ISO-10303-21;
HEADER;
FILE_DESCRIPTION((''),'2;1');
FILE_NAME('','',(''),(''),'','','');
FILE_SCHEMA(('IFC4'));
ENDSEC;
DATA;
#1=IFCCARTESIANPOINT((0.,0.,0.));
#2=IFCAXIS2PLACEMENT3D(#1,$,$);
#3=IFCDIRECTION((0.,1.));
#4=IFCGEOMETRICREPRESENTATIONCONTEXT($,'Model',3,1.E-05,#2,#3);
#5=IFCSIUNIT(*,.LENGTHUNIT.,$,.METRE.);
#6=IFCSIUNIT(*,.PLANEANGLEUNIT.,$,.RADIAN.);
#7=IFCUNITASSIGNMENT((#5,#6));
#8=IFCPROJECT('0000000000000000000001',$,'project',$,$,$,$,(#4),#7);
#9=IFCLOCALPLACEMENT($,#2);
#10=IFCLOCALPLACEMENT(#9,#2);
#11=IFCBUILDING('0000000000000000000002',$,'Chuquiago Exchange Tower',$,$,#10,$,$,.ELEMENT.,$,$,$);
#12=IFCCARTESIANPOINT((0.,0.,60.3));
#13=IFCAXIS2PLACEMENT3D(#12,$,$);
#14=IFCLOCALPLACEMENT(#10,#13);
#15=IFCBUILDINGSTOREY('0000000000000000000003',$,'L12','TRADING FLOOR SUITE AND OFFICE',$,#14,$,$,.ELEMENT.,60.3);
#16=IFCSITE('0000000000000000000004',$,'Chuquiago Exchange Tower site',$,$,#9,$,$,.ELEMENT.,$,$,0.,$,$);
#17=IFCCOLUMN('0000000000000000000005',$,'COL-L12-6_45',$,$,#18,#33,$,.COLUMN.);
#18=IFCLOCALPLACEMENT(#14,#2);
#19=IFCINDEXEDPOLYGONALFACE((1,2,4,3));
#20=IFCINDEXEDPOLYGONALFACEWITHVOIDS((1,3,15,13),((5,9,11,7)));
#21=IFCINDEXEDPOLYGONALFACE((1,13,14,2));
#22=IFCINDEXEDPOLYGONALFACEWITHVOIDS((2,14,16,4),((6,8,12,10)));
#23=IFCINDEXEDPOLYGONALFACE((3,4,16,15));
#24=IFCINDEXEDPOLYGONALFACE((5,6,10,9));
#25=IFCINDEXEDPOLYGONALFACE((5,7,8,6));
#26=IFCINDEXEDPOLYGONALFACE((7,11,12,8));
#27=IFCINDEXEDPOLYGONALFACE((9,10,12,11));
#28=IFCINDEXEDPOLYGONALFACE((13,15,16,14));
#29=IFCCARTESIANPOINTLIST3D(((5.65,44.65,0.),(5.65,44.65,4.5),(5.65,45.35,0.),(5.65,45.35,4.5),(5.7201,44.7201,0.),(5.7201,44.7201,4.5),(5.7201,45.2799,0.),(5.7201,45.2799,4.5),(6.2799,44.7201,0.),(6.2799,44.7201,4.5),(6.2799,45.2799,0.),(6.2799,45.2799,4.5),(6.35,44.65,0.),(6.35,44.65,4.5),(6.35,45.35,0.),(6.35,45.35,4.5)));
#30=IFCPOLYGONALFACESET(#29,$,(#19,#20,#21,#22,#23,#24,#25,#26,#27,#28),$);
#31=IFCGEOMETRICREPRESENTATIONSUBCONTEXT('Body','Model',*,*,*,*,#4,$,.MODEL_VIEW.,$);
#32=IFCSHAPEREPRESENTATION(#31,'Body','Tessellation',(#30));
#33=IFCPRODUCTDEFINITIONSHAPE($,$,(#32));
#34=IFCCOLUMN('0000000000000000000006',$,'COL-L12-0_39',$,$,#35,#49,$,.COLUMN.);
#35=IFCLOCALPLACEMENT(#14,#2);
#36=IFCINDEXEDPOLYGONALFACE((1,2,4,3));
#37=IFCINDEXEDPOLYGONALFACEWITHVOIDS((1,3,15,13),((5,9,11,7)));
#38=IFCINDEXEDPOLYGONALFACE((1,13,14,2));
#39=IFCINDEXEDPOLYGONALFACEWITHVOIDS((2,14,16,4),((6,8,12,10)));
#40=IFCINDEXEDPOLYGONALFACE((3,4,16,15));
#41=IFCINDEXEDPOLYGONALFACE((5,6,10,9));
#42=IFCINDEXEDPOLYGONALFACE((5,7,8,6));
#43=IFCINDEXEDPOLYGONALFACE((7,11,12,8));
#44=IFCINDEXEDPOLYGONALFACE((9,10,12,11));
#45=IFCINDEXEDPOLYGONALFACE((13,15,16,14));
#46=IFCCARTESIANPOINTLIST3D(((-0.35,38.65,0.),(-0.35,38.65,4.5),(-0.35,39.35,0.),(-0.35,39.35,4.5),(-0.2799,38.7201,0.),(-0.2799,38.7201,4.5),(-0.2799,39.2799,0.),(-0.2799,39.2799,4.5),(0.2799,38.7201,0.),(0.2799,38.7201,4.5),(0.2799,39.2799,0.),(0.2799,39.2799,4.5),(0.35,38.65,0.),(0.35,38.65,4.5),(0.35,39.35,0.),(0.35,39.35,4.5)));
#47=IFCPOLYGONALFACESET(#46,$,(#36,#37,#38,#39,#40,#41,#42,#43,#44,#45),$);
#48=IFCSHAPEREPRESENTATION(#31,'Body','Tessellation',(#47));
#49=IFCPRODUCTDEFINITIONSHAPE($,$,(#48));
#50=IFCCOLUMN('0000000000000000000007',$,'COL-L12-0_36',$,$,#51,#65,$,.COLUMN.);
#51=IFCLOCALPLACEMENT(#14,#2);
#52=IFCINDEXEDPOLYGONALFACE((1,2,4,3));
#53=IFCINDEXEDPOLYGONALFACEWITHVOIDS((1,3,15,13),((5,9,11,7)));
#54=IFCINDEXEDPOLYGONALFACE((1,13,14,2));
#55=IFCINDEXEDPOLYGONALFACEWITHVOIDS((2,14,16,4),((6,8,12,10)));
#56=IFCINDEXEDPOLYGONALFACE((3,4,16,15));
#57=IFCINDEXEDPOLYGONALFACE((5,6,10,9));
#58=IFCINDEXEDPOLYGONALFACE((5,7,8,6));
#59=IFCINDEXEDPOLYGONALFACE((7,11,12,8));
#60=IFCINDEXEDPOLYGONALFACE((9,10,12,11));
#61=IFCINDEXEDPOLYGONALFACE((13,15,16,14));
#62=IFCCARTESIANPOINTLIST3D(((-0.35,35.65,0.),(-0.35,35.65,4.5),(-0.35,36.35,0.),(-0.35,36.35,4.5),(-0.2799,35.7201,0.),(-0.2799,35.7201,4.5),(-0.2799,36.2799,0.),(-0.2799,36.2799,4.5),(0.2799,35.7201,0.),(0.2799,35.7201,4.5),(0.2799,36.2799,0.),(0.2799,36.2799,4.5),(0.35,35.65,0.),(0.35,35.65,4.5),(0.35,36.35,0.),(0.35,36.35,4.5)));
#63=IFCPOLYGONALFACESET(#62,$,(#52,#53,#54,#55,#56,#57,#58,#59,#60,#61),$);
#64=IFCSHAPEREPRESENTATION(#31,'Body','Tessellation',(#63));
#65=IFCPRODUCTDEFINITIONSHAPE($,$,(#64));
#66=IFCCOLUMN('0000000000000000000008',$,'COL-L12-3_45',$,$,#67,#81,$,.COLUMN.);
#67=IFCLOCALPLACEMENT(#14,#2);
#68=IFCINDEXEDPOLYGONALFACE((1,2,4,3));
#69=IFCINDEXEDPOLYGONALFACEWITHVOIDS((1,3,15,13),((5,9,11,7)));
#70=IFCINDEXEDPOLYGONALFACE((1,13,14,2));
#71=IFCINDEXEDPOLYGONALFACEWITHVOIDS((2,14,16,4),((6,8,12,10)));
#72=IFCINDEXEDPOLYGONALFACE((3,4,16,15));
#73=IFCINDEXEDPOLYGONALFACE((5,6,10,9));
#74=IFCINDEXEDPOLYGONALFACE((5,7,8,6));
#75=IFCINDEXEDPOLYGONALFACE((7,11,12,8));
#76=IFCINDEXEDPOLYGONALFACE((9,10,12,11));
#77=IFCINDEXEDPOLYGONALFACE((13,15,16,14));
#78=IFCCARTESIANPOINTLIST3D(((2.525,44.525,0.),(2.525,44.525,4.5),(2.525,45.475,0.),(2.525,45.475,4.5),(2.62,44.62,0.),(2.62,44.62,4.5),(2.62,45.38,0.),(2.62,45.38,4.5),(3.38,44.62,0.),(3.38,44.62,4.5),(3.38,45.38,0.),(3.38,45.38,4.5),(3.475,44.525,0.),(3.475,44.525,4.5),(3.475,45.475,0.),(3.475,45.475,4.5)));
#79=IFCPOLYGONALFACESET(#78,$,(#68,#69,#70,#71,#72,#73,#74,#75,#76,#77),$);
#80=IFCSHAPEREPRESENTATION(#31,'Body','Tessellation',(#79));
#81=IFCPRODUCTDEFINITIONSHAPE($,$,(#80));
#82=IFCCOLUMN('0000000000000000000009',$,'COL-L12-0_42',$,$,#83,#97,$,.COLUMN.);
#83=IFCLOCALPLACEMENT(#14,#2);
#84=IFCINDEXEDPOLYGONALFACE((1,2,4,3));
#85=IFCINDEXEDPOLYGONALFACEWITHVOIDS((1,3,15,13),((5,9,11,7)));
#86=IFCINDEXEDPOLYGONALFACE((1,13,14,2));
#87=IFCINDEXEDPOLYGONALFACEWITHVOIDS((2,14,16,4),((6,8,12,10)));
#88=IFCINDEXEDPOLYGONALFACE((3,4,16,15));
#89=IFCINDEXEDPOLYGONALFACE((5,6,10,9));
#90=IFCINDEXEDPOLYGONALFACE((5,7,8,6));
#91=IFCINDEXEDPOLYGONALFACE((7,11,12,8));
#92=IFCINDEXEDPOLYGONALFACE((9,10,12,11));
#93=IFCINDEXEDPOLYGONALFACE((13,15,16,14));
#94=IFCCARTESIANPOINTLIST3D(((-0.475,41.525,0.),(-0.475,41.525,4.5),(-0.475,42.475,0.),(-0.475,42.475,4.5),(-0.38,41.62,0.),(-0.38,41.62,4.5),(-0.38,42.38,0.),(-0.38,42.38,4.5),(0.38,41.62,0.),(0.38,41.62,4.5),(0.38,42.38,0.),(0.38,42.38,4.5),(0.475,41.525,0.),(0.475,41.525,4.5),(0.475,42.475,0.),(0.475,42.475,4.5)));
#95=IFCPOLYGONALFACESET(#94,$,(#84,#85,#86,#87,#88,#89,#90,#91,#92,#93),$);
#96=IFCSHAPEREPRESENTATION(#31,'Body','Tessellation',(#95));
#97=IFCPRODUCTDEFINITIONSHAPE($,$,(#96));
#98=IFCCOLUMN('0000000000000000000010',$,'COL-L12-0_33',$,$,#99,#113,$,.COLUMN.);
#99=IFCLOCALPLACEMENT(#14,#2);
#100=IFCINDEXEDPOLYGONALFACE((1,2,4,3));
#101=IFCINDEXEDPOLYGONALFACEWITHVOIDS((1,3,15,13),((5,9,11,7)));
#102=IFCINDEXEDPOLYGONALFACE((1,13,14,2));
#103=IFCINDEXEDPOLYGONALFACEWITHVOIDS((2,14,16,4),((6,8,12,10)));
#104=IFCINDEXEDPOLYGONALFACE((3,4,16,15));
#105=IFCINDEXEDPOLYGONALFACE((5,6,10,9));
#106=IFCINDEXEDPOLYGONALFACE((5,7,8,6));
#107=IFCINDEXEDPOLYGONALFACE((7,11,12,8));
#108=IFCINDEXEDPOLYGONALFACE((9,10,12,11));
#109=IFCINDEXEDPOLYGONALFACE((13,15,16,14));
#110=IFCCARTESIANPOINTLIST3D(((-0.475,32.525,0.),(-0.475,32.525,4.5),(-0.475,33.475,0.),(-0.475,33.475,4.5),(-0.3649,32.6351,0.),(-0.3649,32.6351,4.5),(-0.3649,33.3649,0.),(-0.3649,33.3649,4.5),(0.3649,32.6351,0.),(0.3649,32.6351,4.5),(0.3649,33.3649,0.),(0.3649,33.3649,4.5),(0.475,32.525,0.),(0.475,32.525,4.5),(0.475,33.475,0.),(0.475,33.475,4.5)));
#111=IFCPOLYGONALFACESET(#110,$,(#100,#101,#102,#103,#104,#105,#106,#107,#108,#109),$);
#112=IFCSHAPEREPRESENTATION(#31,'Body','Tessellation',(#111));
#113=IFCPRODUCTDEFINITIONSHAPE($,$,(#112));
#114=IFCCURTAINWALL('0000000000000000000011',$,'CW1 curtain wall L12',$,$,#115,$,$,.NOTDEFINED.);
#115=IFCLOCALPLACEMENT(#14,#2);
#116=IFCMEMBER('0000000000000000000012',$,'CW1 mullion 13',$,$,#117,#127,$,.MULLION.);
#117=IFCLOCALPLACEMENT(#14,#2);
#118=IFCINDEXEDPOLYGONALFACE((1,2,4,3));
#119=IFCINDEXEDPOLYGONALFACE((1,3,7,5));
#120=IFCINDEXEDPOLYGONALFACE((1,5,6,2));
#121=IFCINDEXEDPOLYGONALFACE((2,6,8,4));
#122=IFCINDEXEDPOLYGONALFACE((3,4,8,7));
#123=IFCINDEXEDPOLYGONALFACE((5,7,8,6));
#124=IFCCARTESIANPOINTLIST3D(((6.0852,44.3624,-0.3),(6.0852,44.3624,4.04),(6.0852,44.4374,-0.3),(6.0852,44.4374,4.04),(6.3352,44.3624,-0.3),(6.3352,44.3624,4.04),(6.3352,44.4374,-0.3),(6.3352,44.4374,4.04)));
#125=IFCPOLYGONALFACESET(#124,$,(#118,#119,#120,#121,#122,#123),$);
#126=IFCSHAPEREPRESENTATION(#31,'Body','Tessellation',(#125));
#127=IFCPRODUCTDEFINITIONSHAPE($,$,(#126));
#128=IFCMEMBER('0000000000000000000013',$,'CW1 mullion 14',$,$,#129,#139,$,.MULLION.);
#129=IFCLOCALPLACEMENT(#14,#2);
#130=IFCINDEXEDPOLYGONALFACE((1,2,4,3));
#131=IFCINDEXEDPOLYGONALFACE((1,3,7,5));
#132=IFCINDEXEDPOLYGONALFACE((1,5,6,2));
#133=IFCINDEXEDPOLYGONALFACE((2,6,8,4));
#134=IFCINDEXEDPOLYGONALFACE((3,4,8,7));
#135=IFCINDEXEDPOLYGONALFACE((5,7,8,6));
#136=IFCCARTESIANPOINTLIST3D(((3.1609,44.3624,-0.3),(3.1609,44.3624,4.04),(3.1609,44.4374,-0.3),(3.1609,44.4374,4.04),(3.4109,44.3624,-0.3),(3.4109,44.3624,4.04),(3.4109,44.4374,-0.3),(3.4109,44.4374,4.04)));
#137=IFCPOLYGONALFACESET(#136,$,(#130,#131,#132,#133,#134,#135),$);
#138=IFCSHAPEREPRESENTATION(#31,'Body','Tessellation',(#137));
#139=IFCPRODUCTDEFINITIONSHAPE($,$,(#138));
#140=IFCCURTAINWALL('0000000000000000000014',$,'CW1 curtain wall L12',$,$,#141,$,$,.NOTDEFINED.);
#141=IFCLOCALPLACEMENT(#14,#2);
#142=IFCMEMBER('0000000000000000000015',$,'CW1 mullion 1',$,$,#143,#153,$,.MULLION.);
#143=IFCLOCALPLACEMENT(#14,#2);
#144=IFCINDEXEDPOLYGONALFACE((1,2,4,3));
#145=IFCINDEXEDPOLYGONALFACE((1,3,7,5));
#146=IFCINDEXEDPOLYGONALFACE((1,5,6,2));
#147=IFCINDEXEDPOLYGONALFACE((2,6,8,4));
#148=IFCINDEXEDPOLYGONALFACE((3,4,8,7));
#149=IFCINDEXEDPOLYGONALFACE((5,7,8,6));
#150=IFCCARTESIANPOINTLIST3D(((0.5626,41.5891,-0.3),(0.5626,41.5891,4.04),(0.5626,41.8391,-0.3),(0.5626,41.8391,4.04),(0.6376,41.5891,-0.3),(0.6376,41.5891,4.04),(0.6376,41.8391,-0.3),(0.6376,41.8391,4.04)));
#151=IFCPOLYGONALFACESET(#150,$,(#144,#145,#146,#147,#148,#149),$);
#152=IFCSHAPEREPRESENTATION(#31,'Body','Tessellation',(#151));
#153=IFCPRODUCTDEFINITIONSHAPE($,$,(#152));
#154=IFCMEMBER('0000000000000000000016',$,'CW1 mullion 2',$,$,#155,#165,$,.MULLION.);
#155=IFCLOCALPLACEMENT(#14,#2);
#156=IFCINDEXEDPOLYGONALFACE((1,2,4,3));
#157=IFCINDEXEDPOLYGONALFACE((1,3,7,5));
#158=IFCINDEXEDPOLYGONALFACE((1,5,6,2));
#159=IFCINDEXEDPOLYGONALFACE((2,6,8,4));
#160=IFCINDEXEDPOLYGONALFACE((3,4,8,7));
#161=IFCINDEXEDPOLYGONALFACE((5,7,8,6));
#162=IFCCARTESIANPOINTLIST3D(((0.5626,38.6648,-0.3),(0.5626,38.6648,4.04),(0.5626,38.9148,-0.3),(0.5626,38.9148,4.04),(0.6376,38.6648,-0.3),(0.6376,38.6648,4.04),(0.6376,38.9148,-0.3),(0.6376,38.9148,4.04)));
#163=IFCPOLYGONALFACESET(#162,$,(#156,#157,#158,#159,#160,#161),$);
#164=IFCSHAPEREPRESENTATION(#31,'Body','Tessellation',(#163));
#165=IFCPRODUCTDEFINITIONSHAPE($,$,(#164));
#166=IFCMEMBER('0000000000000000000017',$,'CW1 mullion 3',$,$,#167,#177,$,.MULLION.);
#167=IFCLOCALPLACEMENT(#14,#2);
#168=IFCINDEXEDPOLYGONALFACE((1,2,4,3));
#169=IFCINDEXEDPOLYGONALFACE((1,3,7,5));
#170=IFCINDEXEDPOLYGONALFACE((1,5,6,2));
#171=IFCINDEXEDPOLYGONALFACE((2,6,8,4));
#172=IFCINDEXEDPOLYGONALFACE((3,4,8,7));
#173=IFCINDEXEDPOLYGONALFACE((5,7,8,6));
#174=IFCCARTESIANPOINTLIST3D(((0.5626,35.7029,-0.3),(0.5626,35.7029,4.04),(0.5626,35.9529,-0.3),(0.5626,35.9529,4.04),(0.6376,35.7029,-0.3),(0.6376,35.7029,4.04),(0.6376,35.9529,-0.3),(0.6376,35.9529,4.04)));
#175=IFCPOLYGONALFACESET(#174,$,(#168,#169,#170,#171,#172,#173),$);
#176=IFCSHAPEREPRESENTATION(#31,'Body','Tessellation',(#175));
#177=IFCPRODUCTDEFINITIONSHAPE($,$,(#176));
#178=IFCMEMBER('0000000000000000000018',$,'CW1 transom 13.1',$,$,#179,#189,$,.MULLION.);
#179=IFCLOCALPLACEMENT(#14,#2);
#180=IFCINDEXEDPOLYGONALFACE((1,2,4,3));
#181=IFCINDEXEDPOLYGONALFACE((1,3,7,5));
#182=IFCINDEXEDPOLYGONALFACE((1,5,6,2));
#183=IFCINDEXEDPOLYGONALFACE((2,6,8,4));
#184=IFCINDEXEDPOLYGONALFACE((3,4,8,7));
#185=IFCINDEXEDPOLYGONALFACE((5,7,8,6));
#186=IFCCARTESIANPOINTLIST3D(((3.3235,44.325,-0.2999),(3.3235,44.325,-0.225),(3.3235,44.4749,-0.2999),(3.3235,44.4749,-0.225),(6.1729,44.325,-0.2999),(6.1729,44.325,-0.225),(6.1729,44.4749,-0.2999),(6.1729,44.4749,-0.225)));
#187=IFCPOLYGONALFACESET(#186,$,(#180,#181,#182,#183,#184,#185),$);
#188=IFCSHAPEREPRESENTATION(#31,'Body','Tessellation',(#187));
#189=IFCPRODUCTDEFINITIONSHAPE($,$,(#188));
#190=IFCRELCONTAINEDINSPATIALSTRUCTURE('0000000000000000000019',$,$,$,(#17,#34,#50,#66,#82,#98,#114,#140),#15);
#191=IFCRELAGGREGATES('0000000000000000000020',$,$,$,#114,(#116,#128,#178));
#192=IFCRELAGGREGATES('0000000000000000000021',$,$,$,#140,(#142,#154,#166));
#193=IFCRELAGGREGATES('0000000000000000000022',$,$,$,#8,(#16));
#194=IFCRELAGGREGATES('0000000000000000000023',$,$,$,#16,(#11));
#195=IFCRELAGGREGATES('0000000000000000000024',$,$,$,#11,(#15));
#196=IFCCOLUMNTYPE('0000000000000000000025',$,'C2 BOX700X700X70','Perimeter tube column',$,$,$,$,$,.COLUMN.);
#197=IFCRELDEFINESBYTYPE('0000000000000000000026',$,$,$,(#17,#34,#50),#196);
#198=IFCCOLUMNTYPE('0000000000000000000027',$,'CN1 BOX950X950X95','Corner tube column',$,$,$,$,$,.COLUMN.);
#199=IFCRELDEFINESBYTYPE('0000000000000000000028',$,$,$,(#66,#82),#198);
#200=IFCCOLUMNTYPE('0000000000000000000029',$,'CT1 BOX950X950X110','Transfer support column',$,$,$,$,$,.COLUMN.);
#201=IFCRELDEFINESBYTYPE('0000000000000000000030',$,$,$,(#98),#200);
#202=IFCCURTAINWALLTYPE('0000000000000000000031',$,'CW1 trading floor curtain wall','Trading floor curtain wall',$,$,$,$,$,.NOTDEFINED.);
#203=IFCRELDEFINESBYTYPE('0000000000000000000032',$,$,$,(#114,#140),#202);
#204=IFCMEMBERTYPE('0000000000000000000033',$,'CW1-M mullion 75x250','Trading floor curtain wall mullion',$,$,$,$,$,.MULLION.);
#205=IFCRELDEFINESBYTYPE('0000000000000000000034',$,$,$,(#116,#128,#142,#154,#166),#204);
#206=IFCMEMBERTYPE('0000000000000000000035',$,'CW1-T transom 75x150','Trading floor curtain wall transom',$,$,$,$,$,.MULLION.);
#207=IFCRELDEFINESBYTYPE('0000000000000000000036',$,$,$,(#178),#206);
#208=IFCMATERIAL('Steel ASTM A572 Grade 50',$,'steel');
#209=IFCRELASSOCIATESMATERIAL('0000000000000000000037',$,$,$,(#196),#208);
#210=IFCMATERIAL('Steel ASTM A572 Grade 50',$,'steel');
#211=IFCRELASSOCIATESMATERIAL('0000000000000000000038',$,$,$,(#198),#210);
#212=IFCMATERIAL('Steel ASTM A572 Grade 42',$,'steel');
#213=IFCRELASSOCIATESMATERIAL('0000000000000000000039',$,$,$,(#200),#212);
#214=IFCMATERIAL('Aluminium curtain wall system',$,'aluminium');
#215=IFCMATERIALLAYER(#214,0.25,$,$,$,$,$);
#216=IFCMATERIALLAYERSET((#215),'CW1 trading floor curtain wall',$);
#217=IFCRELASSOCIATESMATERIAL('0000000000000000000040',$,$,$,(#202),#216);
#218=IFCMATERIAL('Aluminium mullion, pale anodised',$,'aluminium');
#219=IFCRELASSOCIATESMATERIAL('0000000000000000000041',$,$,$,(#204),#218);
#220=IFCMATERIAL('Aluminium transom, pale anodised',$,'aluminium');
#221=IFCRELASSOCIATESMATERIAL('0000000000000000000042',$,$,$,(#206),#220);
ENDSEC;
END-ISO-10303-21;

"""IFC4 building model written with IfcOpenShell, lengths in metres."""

from ifc_helpers import new_model, si_unit, direction, frame, origin, origin_2d, place, context, subcontext, project, spatial, rectangle, hollow_rectangle, extrude, material, layer, layer_set, material_profile, profile_set, type_object, element, aggregate, save


model = new_model("IFC4")

# Units and contexts
model_context = context("Model", 3, precision=1e-05, world=origin(), true_north=direction((0.0, 1.0)))
body_context = subcontext(model_context, "Body", "Model", "MODEL_VIEW")
ifc_project = project(units=[si_unit("LENGTHUNIT", "METRE"), si_unit("PLANEANGLEUNIT", "RADIAN")], contexts=[model_context])

# Site, building, storey
site_placement = place(None, origin())
site = spatial("IfcSite", under=ifc_project, at=site_placement, Name="Chuquiago Exchange Tower site", CompositionType="ELEMENT", RefElevation=0.0)
building_placement = place(site_placement, origin())
building = spatial("IfcBuilding", under=site, at=building_placement, Name="Chuquiago Exchange Tower", CompositionType="ELEMENT")
storey_placement = place(building_placement, frame((0.0, 0.0, 60.3)))
storey = spatial("IfcBuildingStorey", under=building, at=storey_placement, Name="L12", Description="TRADING FLOOR SUITE AND OFFICE", CompositionType="ELEMENT", Elevation=60.3)

# Columns
ifc_material_1 = material(Name="Steel ASTM A572 Grade 50", Category="steel")
ifc_material_profile_1 = material_profile(ifc_material_1, hollow_rectangle(XDim=0.7, YDim=0.7, WallThickness=0.0701, at=origin_2d()), Name="BOX700X700X70")
ifc_profile_set_1 = profile_set([ifc_material_profile_1], Name="Steel ASTM A572 Grade 50")
column_type_1 = type_object("IfcColumnType", Name="C2 BOX700X700X70", Description="Perimeter tube column", PredefinedType="COLUMN", material=ifc_profile_set_1)
for number, where, z_axis, x_axis, name in (
    (1, (6.0, 45.0, 0.0), (0.0, 0.0, 1.0), (0.0, 1.0, 0.0), "COL-L12-6_45"),
    (2, (0.0, 39.0, 0.0), (0.0, 0.0, 1.0), (-1.0, 0.0, 0.0), "COL-L12-0_39"),
    (3, (0.0, 36.0, 0.0), (0.0, 0.0, 1.0), (-1.0, 0.0, 0.0), "COL-L12-0_36"),
):
    element("IfcColumn", number, at=place(storey_placement, frame(where, z_axis=z_axis, x_axis=x_axis)), inside=storey, type_object=column_type_1, Name=name, PredefinedType="COLUMN", context=body_context, shape_type="SweptSolid", body=[
        extrude(hollow_rectangle(XDim=0.7, YDim=0.7, WallThickness=0.0701, at=origin_2d()), origin(), (0.0, 0.0, 1.0), 4.5),
    ])
ifc_material_2 = material(Name="Steel ASTM A572 Grade 50", Category="steel")
ifc_material_profile_2 = material_profile(ifc_material_2, hollow_rectangle(XDim=0.95, YDim=0.95, WallThickness=0.095, at=origin_2d()), Name="BOX950X950X95")
ifc_profile_set_2 = profile_set([ifc_material_profile_2], Name="Steel ASTM A572 Grade 50")
column_type_2 = type_object("IfcColumnType", Name="CN1 BOX950X950X95", Description="Corner tube column", PredefinedType="COLUMN", material=ifc_profile_set_2)
for number, where, z_axis, x_axis, name in (
    (4, (3.0, 45.0, 0.0), (0.0, 0.0, 1.0), (0.0, 1.0, 0.0), "COL-L12-3_45"),
    (5, (0.0, 42.0, 0.0), (0.0, 0.0, 1.0), (-1.0, 0.0, 0.0), "COL-L12-0_42"),
):
    element("IfcColumn", number, at=place(storey_placement, frame(where, z_axis=z_axis, x_axis=x_axis)), inside=storey, type_object=column_type_2, Name=name, PredefinedType="COLUMN", context=body_context, shape_type="SweptSolid", body=[
        extrude(hollow_rectangle(XDim=0.95, YDim=0.95, WallThickness=0.095, at=origin_2d()), origin(), (0.0, 0.0, 1.0), 4.5),
    ])
ifc_material_3 = material(Name="Steel ASTM A572 Grade 42", Category="steel")
ifc_material_profile_3 = material_profile(ifc_material_3, hollow_rectangle(XDim=0.95, YDim=0.95, WallThickness=0.1101, at=origin_2d()), Name="BOX950X950X110")
ifc_profile_set_3 = profile_set([ifc_material_profile_3], Name="Steel ASTM A572 Grade 42")
column_type_3 = type_object("IfcColumnType", Name="CT1 BOX950X950X110", Description="Transfer support column", PredefinedType="COLUMN", material=ifc_profile_set_3)
column_placement = place(storey_placement, frame((0.0, 33.0, 0.0), z_axis=(0.0, 0.0, 1.0), x_axis=(-1.0, 0.0, 0.0)))
element("IfcColumn", 6, at=column_placement, inside=storey, type_object=column_type_3, Name="COL-L12-0_33", PredefinedType="COLUMN", context=body_context, shape_type="SweptSolid", body=[
    extrude(hollow_rectangle(XDim=0.95, YDim=0.95, WallThickness=0.1101, at=origin_2d()), origin(), (0.0, 0.0, 1.0), 4.5),
])

# Curtain walls, members
ifc_material_4 = material(Name="Aluminium curtain wall system", Category="aluminium")
ifc_layer_1 = layer(ifc_material_4, 0.25)
ifc_layer_set_1 = layer_set([ifc_layer_1], Name="CW1 trading floor curtain wall")
curtain_wall_type_1 = type_object("IfcCurtainWallType", Name="CW1 trading floor curtain wall", Description="Trading floor curtain wall", PredefinedType="NOTDEFINED", material=ifc_layer_set_1)
curtain_wall_1_placement = place(storey_placement, origin())
curtain_wall_1 = element("IfcCurtainWall", 7, at=curtain_wall_1_placement, inside=storey, type_object=curtain_wall_type_1, Name="CW1 curtain wall L12", PredefinedType="NOTDEFINED")
ifc_material_5 = material(Name="Aluminium mullion, pale anodised", Category="aluminium")
ifc_material_profile_4 = material_profile(ifc_material_5, rectangle(XDim=0.075, YDim=0.25, at=origin_2d()), Name="AL 75x250")
ifc_profile_set_4 = profile_set([ifc_material_profile_4], Name="Aluminium mullion, pale anodised")
member_type_1 = type_object("IfcMemberType", Name="CW1-M mullion 75x250", Description="Trading floor curtain wall mullion", PredefinedType="MULLION", material=ifc_profile_set_4)
member_1_placement = place(storey_placement, frame((6.2102, 44.3999, -0.3), z_axis=(0.0, 0.0, 1.0), x_axis=(0.0, -1.0, 0.0)))
member_1 = element("IfcMember", 8, at=member_1_placement, type_object=member_type_1, Name="CW1 mullion 13", PredefinedType="MULLION", context=body_context, shape_type="SweptSolid", body=[
    extrude(rectangle(XDim=0.075, YDim=0.25, at=origin_2d()), origin(), (0.0, 0.0, 1.0), 4.3401),
])
member_2_placement = place(storey_placement, frame((3.2859, 44.3999, -0.3), z_axis=(0.0, 0.0, 1.0), x_axis=(0.0, -1.0, 0.0)))
member_2 = element("IfcMember", 9, at=member_2_placement, type_object=member_type_1, Name="CW1 mullion 14", PredefinedType="MULLION", context=body_context, shape_type="SweptSolid", body=[
    extrude(rectangle(XDim=0.075, YDim=0.25, at=origin_2d()), origin(), (0.0, 0.0, 1.0), 4.3401),
])
curtain_wall_2_placement = place(storey_placement, origin())
curtain_wall_2 = element("IfcCurtainWall", 10, at=curtain_wall_2_placement, inside=storey, type_object=curtain_wall_type_1, Name="CW1 curtain wall L12", PredefinedType="NOTDEFINED")
member_3_placement = place(storey_placement, frame((0.6001, 41.7141, -0.3), z_axis=(0.0, 0.0, 1.0), x_axis=(1.0, 0.0, 0.0)))
member_3 = element("IfcMember", 11, at=member_3_placement, type_object=member_type_1, Name="CW1 mullion 1", PredefinedType="MULLION", context=body_context, shape_type="SweptSolid", body=[
    extrude(rectangle(XDim=0.075, YDim=0.25, at=origin_2d()), origin(), (0.0, 0.0, 1.0), 4.3401),
])
member_4_placement = place(storey_placement, frame((0.6001, 38.7898, -0.3), z_axis=(0.0, 0.0, 1.0), x_axis=(1.0, 0.0, 0.0)))
member_4 = element("IfcMember", 12, at=member_4_placement, type_object=member_type_1, Name="CW1 mullion 2", PredefinedType="MULLION", context=body_context, shape_type="SweptSolid", body=[
    extrude(rectangle(XDim=0.075, YDim=0.25, at=origin_2d()), origin(), (0.0, 0.0, 1.0), 4.3401),
])
member_5_placement = place(storey_placement, frame((0.6001, 35.8279, -0.3), z_axis=(0.0, 0.0, 1.0), x_axis=(1.0, 0.0, 0.0)))
member_5 = element("IfcMember", 13, at=member_5_placement, type_object=member_type_1, Name="CW1 mullion 3", PredefinedType="MULLION", context=body_context, shape_type="SweptSolid", body=[
    extrude(rectangle(XDim=0.075, YDim=0.25, at=origin_2d()), origin(), (0.0, 0.0, 1.0), 4.3401),
])

# Member
ifc_material_6 = material(Name="Aluminium transom, pale anodised", Category="aluminium")
ifc_material_profile_5 = material_profile(ifc_material_6, rectangle(XDim=0.1499, YDim=0.075, at=origin_2d()), Name="AL 150x75")
ifc_profile_set_5 = profile_set([ifc_material_profile_5], Name="Aluminium transom, pale anodised")
member_type_2 = type_object("IfcMemberType", Name="CW1-T transom 75x150", Description="Trading floor curtain wall transom", PredefinedType="MULLION", material=ifc_profile_set_5)
member_6_placement = place(storey_placement, frame((6.1729, 44.3999, -0.2625), z_axis=(-1.0, 0.0, 0.0), x_axis=(0.0, -1.0, 0.0)))
member_6 = element("IfcMember", 14, at=member_6_placement, type_object=member_type_2, Name="CW1 transom 13.1", PredefinedType="MULLION", context=body_context, shape_type="SweptSolid", body=[
    extrude(rectangle(XDim=0.1499, YDim=0.075, at=origin_2d()), origin(), (0.0, 0.0, 1.0), 2.8494),
])

aggregate(curtain_wall_1, [member_1, member_2, member_6])
aggregate(curtain_wall_2, [member_3, member_4, member_5])

save(model, "model.ifc")
